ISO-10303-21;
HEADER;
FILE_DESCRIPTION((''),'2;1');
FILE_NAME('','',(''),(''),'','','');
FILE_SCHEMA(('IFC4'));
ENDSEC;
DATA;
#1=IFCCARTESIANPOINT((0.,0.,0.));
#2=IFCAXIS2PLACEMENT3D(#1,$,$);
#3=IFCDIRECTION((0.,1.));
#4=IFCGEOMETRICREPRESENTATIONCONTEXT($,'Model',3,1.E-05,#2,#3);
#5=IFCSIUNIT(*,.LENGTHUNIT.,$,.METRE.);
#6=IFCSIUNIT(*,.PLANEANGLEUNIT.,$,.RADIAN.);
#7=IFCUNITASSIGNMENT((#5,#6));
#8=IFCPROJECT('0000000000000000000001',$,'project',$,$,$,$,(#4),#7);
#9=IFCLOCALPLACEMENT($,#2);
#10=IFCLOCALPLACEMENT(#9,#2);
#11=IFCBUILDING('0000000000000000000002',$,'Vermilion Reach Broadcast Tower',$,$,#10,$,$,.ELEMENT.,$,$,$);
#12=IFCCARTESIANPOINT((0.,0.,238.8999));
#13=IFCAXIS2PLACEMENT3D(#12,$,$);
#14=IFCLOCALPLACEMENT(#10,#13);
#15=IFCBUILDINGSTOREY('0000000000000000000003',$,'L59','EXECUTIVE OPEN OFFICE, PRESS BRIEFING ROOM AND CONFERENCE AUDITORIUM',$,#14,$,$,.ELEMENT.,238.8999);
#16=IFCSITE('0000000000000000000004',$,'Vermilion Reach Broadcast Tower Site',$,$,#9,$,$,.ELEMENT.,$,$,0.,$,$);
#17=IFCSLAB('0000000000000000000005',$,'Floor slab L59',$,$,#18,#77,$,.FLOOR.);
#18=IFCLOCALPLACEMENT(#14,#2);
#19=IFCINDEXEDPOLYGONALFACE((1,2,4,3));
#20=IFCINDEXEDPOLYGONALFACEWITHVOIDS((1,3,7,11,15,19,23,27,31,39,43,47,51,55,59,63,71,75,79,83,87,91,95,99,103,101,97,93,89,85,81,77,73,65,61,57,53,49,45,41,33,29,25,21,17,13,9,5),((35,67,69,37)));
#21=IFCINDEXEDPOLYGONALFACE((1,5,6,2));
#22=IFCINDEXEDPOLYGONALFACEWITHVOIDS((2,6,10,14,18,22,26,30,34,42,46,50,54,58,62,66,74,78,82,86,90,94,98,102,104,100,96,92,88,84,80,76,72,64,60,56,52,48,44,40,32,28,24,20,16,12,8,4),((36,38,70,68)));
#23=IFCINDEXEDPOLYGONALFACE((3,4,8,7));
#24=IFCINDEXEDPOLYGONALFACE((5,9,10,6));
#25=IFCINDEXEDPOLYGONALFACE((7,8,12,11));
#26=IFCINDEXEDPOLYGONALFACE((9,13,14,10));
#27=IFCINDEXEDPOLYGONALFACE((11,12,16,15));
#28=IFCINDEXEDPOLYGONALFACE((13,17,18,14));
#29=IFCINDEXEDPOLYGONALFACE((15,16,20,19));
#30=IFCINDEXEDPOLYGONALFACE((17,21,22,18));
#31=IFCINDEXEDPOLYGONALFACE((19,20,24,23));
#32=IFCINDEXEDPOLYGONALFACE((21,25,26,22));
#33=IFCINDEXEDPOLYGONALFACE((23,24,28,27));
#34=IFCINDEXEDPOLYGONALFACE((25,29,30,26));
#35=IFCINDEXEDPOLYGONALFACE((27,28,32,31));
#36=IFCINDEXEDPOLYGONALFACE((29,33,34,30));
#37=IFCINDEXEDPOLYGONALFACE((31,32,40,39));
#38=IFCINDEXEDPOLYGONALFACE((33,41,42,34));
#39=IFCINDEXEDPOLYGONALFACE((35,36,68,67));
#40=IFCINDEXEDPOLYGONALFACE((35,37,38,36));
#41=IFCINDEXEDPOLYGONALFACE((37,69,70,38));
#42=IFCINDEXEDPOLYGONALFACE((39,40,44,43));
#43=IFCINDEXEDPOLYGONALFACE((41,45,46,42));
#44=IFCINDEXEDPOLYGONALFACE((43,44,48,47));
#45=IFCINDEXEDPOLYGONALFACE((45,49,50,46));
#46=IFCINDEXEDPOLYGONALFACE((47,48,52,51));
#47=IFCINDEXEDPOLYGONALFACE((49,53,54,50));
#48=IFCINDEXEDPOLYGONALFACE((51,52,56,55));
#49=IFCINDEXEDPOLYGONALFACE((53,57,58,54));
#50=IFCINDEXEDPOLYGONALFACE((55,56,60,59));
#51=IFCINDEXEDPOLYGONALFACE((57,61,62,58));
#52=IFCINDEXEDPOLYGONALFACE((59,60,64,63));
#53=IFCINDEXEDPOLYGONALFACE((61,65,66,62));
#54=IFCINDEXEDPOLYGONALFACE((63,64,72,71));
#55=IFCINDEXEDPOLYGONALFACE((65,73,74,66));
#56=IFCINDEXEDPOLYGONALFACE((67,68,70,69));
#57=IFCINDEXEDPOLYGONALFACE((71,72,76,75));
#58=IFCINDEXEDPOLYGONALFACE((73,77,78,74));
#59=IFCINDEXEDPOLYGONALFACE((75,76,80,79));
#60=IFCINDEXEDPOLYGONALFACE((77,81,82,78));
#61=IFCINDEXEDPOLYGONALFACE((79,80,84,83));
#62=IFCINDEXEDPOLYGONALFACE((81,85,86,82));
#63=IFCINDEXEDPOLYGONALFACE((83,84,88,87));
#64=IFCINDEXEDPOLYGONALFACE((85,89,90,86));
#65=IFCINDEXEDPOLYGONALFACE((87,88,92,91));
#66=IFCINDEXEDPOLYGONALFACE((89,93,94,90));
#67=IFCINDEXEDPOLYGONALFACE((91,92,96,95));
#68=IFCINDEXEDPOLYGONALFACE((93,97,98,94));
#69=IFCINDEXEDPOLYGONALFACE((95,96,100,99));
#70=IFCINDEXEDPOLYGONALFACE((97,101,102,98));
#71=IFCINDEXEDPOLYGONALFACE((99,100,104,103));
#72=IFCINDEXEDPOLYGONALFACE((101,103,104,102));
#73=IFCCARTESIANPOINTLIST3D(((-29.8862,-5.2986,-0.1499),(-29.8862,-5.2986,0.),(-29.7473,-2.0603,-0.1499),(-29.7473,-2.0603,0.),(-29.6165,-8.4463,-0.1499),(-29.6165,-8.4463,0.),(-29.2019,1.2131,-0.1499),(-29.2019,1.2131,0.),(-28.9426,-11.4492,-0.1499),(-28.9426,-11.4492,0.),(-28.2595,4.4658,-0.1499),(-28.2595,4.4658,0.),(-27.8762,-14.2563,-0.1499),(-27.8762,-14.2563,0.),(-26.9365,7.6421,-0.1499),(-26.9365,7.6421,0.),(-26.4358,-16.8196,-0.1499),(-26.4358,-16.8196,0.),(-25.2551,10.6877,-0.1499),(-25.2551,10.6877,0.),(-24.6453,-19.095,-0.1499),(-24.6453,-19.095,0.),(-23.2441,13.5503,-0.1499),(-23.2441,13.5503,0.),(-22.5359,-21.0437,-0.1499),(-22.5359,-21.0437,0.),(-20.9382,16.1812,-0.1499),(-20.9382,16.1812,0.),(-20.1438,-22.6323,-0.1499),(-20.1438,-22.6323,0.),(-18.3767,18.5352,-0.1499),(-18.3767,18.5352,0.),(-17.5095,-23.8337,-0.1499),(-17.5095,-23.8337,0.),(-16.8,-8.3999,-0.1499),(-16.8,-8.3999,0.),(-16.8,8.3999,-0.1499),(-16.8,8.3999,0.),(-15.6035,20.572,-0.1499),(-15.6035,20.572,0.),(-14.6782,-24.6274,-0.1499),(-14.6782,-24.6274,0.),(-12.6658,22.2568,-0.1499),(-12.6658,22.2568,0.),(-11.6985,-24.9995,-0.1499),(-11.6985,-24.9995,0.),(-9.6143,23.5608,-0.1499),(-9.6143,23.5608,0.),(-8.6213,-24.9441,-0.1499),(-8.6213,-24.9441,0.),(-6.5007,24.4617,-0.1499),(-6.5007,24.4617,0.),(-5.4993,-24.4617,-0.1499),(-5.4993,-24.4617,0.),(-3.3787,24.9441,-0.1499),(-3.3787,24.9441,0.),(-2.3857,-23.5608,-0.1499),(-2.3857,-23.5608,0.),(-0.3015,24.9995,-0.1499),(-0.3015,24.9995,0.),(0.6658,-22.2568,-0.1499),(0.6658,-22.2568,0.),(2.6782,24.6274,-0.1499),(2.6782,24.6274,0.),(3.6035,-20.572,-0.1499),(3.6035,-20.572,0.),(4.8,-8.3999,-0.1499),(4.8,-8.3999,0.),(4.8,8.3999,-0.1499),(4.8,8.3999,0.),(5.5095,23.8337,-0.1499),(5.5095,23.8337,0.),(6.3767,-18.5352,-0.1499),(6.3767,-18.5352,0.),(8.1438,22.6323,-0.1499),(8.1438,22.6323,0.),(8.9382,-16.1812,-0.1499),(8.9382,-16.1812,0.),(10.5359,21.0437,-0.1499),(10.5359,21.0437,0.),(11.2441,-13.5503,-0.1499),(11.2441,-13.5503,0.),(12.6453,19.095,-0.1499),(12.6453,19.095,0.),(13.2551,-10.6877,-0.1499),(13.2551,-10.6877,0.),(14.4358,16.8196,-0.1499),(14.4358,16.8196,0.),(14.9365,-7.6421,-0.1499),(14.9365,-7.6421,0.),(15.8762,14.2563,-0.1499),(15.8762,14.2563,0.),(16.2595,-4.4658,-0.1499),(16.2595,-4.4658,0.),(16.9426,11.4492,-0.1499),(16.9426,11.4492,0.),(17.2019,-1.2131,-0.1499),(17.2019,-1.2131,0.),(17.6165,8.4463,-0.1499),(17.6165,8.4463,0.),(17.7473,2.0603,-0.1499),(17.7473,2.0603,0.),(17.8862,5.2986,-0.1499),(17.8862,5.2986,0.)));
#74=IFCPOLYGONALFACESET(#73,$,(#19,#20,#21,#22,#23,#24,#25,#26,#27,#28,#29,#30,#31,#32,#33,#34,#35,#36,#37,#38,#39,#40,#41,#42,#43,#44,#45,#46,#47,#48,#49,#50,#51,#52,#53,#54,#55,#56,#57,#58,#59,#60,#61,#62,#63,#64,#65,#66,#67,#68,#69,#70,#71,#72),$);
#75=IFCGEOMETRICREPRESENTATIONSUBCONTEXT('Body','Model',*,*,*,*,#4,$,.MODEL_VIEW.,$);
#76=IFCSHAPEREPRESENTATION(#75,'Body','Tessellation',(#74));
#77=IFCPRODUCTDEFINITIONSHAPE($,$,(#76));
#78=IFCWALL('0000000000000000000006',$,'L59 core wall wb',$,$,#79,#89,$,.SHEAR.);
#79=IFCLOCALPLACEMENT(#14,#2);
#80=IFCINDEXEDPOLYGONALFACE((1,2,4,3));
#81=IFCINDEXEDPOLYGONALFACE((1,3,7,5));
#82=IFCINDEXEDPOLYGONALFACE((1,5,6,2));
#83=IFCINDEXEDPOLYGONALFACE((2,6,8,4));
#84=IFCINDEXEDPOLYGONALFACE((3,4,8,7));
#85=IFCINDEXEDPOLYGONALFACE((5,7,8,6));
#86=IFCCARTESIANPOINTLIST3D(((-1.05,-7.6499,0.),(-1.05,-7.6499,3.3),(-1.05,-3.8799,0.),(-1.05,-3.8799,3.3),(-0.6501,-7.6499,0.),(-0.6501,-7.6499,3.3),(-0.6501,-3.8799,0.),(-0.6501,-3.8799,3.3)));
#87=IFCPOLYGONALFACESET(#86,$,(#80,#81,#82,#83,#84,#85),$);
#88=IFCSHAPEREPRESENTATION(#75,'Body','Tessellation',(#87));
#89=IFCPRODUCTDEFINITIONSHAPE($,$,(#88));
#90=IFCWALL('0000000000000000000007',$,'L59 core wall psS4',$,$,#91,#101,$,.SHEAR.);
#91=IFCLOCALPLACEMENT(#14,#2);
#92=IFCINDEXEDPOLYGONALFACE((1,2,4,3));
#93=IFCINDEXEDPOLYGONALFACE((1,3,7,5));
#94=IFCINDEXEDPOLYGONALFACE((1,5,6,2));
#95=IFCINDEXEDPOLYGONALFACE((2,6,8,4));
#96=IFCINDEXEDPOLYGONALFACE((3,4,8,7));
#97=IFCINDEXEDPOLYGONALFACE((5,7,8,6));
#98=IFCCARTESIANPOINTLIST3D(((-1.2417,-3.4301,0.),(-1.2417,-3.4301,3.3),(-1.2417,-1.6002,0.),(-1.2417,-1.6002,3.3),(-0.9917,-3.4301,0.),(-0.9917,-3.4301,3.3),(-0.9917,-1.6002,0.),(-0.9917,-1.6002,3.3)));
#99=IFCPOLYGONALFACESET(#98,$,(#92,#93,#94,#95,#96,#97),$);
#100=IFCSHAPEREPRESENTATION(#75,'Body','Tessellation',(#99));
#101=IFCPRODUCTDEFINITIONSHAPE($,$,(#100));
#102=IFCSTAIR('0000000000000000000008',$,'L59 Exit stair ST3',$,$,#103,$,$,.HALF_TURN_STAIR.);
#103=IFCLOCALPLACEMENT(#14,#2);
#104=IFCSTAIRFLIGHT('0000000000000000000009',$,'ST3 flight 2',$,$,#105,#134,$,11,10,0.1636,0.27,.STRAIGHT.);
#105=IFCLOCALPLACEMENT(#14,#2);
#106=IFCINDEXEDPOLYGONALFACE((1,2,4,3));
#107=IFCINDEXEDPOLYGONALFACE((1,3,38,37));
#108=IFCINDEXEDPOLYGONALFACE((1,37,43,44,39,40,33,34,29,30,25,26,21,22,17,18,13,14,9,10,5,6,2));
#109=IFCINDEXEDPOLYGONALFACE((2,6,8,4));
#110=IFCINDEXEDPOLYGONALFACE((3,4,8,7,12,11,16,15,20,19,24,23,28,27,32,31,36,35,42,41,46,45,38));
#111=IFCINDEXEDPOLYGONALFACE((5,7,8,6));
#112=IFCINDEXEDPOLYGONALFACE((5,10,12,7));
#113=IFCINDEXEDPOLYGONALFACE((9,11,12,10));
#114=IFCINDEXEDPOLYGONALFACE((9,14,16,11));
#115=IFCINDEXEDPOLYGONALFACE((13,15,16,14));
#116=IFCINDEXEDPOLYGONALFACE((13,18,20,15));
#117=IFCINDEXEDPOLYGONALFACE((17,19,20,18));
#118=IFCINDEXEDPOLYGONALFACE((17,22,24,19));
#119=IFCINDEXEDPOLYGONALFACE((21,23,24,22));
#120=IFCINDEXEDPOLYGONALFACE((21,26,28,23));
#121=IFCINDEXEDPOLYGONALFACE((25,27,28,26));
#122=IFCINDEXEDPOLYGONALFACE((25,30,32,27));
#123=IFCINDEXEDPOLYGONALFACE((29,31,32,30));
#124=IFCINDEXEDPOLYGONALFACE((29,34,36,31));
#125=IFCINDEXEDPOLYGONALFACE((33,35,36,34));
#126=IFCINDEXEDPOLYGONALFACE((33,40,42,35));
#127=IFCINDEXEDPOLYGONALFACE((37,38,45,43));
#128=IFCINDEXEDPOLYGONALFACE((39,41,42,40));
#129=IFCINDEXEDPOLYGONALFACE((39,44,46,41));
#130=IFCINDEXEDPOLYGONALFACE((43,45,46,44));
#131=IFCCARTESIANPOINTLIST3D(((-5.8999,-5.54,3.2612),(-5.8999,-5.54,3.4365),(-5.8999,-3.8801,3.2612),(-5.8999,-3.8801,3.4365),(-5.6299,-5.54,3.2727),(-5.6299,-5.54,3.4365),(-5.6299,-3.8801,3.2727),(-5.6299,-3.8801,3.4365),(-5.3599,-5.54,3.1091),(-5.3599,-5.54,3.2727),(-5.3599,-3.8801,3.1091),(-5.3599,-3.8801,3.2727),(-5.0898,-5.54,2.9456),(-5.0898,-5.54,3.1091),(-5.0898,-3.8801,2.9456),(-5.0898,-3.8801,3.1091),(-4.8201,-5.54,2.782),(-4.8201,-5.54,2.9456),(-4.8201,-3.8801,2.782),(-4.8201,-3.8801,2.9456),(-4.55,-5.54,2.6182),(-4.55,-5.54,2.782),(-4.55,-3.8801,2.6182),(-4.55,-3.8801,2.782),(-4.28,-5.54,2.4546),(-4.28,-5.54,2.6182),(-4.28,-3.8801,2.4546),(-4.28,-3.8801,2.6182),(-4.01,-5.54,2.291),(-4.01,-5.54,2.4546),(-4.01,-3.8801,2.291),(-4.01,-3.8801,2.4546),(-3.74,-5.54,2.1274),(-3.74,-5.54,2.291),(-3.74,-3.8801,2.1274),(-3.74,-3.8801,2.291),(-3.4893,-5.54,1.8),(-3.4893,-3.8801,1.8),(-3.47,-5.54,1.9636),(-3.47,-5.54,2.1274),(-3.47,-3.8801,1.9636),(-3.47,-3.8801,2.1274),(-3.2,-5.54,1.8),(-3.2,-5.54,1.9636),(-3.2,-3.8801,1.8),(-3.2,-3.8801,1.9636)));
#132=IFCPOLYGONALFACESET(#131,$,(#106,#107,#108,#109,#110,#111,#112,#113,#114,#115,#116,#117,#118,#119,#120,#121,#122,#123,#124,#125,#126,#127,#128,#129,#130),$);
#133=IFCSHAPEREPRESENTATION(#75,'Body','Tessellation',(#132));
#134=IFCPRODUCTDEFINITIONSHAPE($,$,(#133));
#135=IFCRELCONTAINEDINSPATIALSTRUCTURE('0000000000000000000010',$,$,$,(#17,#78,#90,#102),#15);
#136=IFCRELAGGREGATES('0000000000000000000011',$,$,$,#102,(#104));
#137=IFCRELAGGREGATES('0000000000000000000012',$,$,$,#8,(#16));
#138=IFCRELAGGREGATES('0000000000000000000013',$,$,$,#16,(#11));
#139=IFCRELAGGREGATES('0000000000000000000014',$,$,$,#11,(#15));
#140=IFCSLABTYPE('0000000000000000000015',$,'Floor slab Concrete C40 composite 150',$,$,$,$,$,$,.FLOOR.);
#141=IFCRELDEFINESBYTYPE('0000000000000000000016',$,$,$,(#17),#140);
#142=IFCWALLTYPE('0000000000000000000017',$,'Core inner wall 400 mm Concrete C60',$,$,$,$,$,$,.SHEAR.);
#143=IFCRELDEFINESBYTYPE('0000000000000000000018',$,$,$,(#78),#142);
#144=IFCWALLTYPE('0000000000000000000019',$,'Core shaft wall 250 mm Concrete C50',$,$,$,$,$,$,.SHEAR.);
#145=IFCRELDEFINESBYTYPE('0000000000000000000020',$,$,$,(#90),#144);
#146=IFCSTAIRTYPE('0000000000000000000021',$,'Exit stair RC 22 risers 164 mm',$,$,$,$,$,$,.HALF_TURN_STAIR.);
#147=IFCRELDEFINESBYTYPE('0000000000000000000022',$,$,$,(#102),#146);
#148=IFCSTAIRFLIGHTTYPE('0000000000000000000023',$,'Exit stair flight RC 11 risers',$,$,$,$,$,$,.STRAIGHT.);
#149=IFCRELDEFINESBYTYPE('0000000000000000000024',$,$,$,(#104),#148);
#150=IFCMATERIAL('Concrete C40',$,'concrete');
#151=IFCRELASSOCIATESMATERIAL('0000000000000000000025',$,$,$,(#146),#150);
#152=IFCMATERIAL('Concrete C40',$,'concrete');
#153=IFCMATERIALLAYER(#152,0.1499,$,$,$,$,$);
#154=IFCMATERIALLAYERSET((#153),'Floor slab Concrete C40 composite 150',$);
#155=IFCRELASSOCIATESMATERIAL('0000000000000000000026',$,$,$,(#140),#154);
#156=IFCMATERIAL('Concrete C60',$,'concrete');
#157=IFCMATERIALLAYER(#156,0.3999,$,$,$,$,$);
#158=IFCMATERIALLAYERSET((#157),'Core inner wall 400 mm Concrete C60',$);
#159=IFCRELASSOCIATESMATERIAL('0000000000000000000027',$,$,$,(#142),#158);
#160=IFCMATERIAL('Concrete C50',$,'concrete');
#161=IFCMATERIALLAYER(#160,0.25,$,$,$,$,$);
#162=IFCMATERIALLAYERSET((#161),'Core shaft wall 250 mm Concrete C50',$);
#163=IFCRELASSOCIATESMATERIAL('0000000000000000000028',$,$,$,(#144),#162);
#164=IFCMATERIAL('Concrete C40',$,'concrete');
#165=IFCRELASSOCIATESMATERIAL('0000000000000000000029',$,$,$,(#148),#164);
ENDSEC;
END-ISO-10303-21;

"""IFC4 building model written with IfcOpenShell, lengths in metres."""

from ifc_helpers import new_model, si_unit, direction, frame, frame_2d, origin, place, context, subcontext, project, spatial, polyline, rectangle, outline, extrude, material, layer, layer_set, type_object, element, aggregate, save


model = new_model("IFC4")

# Units and contexts
model_context = context("Model", 3, precision=1e-05, world=origin(), true_north=direction((0.0, 1.0)))
body_context = subcontext(model_context, "Body", "Model", "MODEL_VIEW")
ifc_project = project(units=[si_unit("LENGTHUNIT", "METRE"), si_unit("PLANEANGLEUNIT", "RADIAN")], contexts=[model_context])

# Site, building, storey
site_placement = place(None, origin())
site = spatial("IfcSite", under=ifc_project, at=site_placement, Name="Vermilion Reach Broadcast Tower Site", CompositionType="ELEMENT", RefElevation=0.0)
building_placement = place(site_placement, origin())
building = spatial("IfcBuilding", under=site, at=building_placement, Name="Vermilion Reach Broadcast Tower", CompositionType="ELEMENT")
storey_placement = place(building_placement, frame((0.0, 0.0, 238.8999)))
storey = spatial("IfcBuildingStorey", under=building, at=storey_placement, Name="L59", Description="EXECUTIVE OPEN OFFICE, PRESS BRIEFING ROOM AND CONFERENCE AUDITORIUM", CompositionType="ELEMENT", Elevation=238.8999)

# Shared definitions
ifc_material_1 = material(Name="Concrete C40", Category="concrete")
stair_type = type_object("IfcStairType", Name="Exit stair RC 22 risers 164 mm", PredefinedType="HALF_TURN_STAIR", material=ifc_material_1)
placement_1 = place(storey_placement, origin())

# Slab
ifc_material_2 = material(Name="Concrete C40", Category="concrete")
ifc_layer_1 = layer(ifc_material_2, 0.1499)
ifc_layer_set_1 = layer_set([ifc_layer_1], Name="Floor slab Concrete C40 composite 150")
slab_type_1 = type_object("IfcSlabType", Name="Floor slab Concrete C40 composite 150", PredefinedType="FLOOR", material=ifc_layer_set_1)
slab_1_placement = place(storey_placement, frame((0.0, 0.0, -0.1499)))
element("IfcSlab", 1, at=slab_1_placement, inside=storey, type_object=slab_type_1, Name="Floor slab L59", PredefinedType="FLOOR", context=body_context, shape_type="SweptSolid", body=[
    extrude(outline(polyline([(10.5359, 21.0437), (8.1438, 22.6323), (5.5095, 23.8337), (2.6782, 24.6274), (-0.3015, 24.9995), (-3.3787, 24.9441), (-6.5007, 24.4617), (-9.6143, 23.5608), (-12.6658, 22.2568), (-15.6035, 20.572), (-18.3767, 18.5352), (-20.9382, 16.1812), (-23.2441, 13.5503), (-25.2551, 10.6877), (-26.9365, 7.6421), (-28.2595, 4.4658), (-29.2019, 1.2131), (-29.7473, -2.0603), (-29.8862, -5.2986), (-29.6165, -8.4463), (-28.9426, -11.4492), (-27.8762, -14.2563), (-26.4358, -16.8196), (-24.6453, -19.095), (-22.5359, -21.0437), (-20.1438, -22.6323), (-17.5095, -23.8337), (-14.6782, -24.6274), (-11.6985, -24.9995), (-8.6213, -24.9441), (-5.4993, -24.4617), (-2.3857, -23.5608), (0.6658, -22.2568), (3.6035, -20.572), (6.3767, -18.5352), (8.9382, -16.1812), (11.2441, -13.5503), (13.2551, -10.6877), (14.9365, -7.6421), (16.2595, -4.4658), (17.2019, -1.2131), (17.7473, 2.0603), (17.8862, 5.2986), (17.6165, 8.4463), (16.9426, 11.4492), (15.8762, 14.2563), (14.4358, 16.8196), (12.6453, 19.095), (10.5359, 21.0437)]), holes=[polyline([(-16.8, -8.3999), (4.8, -8.3999), (4.8, 8.3999), (-16.8, 8.3999), (-16.8, -8.3999)])]), origin(), (0.0, 0.0, 1.0), 0.1499),
])

# Walls
ifc_material_3 = material(Name="Concrete C60", Category="concrete")
ifc_layer_2 = layer(ifc_material_3, 0.3999)
ifc_layer_set_2 = layer_set([ifc_layer_2], Name="Core inner wall 400 mm Concrete C60")
wall_type_1 = type_object("IfcWallType", Name="Core inner wall 400 mm Concrete C60", PredefinedType="SHEAR", material=ifc_layer_set_2)
wall_1_placement = place(storey_placement, frame((-0.8501, -3.8799, 0.0), z_axis=(0.0, 0.0, 1.0), x_axis=(0.0, -1.0, 0.0)))
element("IfcWall", 2, at=wall_1_placement, inside=storey, type_object=wall_type_1, Name="L59 core wall wb", PredefinedType="SHEAR", context=body_context, shape_type="SweptSolid", body=[
    extrude(rectangle(XDim=3.77, YDim=0.3999, at=frame_2d((1.885, 0.0))), origin(), (0.0, 0.0, 1.0), 3.3),
])
ifc_material_4 = material(Name="Concrete C50", Category="concrete")
ifc_layer_3 = layer(ifc_material_4, 0.25)
ifc_layer_set_3 = layer_set([ifc_layer_3], Name="Core shaft wall 250 mm Concrete C50")
wall_type_2 = type_object("IfcWallType", Name="Core shaft wall 250 mm Concrete C50", PredefinedType="SHEAR", material=ifc_layer_set_3)
wall_2_placement = place(storey_placement, frame((-1.1167, -1.6001, 0.0), z_axis=(0.0, 0.0, 1.0), x_axis=(0.0, -1.0, 0.0)))
element("IfcWall", 3, at=wall_2_placement, inside=storey, type_object=wall_type_2, Name="L59 core wall psS4", PredefinedType="SHEAR", context=body_context, shape_type="SweptSolid", body=[
    extrude(rectangle(XDim=1.8298, YDim=0.25, at=frame_2d((0.915, 0.0))), origin(), (0.0, 0.0, 1.0), 3.3),
])

# Stair, stair flight
stair_1 = element("IfcStair", 4, at=placement_1, inside=storey, type_object=stair_type, Name="L59 Exit stair ST3", PredefinedType="HALF_TURN_STAIR")
ifc_material_5 = material(Name="Concrete C40", Category="concrete")
stair_flight_type = type_object("IfcStairFlightType", Name="Exit stair flight RC 11 risers", PredefinedType="STRAIGHT", material=ifc_material_5)
stair_flight_placement = place(storey_placement, frame((-3.2, -4.71, 1.8), z_axis=(0.0, 0.0, 1.0), x_axis=(-1.0, 0.0, 0.0)))
stair_flight = element("IfcStairFlight", 5, at=stair_flight_placement, type_object=stair_flight_type, Name="ST3 flight 2", NumberOfRisers=11, NumberOfTreads=10, PredefinedType="STRAIGHT", RiserHeight=0.1636, TreadLength=0.27, context=body_context, shape_type="SweptSolid", body=[
    extrude(outline(polyline([(0.0, 0.0), (0.0, 0.1636), (0.27, 0.1636), (0.27, 0.3274), (0.54, 0.3274), (0.54, 0.491), (0.8101, 0.491), (0.8101, 0.6545), (1.0801, 0.6545), (1.0801, 0.8181), (1.3501, 0.8181), (1.3501, 0.9819), (1.6201, 0.9819), (1.6201, 1.1455), (1.8899, 1.1455), (1.8899, 1.3091), (2.1599, 1.3091), (2.1599, 1.4727), (2.4299, 1.4727), (2.4299, 1.6365), (2.7, 1.6365), (2.7, 1.8), (2.7, 1.4612), (0.2893, 0.0), (0.0, 0.0)])), frame((0.0, 0.8301, 0.0), z_axis=(0.0, -1.0, 0.0), x_axis=(1.0, 0.0, 0.0)), (0.0, 0.0, 1.0), 1.6599),
])
aggregate(stair_1, [stair_flight])

save(model, "model.ifc")
